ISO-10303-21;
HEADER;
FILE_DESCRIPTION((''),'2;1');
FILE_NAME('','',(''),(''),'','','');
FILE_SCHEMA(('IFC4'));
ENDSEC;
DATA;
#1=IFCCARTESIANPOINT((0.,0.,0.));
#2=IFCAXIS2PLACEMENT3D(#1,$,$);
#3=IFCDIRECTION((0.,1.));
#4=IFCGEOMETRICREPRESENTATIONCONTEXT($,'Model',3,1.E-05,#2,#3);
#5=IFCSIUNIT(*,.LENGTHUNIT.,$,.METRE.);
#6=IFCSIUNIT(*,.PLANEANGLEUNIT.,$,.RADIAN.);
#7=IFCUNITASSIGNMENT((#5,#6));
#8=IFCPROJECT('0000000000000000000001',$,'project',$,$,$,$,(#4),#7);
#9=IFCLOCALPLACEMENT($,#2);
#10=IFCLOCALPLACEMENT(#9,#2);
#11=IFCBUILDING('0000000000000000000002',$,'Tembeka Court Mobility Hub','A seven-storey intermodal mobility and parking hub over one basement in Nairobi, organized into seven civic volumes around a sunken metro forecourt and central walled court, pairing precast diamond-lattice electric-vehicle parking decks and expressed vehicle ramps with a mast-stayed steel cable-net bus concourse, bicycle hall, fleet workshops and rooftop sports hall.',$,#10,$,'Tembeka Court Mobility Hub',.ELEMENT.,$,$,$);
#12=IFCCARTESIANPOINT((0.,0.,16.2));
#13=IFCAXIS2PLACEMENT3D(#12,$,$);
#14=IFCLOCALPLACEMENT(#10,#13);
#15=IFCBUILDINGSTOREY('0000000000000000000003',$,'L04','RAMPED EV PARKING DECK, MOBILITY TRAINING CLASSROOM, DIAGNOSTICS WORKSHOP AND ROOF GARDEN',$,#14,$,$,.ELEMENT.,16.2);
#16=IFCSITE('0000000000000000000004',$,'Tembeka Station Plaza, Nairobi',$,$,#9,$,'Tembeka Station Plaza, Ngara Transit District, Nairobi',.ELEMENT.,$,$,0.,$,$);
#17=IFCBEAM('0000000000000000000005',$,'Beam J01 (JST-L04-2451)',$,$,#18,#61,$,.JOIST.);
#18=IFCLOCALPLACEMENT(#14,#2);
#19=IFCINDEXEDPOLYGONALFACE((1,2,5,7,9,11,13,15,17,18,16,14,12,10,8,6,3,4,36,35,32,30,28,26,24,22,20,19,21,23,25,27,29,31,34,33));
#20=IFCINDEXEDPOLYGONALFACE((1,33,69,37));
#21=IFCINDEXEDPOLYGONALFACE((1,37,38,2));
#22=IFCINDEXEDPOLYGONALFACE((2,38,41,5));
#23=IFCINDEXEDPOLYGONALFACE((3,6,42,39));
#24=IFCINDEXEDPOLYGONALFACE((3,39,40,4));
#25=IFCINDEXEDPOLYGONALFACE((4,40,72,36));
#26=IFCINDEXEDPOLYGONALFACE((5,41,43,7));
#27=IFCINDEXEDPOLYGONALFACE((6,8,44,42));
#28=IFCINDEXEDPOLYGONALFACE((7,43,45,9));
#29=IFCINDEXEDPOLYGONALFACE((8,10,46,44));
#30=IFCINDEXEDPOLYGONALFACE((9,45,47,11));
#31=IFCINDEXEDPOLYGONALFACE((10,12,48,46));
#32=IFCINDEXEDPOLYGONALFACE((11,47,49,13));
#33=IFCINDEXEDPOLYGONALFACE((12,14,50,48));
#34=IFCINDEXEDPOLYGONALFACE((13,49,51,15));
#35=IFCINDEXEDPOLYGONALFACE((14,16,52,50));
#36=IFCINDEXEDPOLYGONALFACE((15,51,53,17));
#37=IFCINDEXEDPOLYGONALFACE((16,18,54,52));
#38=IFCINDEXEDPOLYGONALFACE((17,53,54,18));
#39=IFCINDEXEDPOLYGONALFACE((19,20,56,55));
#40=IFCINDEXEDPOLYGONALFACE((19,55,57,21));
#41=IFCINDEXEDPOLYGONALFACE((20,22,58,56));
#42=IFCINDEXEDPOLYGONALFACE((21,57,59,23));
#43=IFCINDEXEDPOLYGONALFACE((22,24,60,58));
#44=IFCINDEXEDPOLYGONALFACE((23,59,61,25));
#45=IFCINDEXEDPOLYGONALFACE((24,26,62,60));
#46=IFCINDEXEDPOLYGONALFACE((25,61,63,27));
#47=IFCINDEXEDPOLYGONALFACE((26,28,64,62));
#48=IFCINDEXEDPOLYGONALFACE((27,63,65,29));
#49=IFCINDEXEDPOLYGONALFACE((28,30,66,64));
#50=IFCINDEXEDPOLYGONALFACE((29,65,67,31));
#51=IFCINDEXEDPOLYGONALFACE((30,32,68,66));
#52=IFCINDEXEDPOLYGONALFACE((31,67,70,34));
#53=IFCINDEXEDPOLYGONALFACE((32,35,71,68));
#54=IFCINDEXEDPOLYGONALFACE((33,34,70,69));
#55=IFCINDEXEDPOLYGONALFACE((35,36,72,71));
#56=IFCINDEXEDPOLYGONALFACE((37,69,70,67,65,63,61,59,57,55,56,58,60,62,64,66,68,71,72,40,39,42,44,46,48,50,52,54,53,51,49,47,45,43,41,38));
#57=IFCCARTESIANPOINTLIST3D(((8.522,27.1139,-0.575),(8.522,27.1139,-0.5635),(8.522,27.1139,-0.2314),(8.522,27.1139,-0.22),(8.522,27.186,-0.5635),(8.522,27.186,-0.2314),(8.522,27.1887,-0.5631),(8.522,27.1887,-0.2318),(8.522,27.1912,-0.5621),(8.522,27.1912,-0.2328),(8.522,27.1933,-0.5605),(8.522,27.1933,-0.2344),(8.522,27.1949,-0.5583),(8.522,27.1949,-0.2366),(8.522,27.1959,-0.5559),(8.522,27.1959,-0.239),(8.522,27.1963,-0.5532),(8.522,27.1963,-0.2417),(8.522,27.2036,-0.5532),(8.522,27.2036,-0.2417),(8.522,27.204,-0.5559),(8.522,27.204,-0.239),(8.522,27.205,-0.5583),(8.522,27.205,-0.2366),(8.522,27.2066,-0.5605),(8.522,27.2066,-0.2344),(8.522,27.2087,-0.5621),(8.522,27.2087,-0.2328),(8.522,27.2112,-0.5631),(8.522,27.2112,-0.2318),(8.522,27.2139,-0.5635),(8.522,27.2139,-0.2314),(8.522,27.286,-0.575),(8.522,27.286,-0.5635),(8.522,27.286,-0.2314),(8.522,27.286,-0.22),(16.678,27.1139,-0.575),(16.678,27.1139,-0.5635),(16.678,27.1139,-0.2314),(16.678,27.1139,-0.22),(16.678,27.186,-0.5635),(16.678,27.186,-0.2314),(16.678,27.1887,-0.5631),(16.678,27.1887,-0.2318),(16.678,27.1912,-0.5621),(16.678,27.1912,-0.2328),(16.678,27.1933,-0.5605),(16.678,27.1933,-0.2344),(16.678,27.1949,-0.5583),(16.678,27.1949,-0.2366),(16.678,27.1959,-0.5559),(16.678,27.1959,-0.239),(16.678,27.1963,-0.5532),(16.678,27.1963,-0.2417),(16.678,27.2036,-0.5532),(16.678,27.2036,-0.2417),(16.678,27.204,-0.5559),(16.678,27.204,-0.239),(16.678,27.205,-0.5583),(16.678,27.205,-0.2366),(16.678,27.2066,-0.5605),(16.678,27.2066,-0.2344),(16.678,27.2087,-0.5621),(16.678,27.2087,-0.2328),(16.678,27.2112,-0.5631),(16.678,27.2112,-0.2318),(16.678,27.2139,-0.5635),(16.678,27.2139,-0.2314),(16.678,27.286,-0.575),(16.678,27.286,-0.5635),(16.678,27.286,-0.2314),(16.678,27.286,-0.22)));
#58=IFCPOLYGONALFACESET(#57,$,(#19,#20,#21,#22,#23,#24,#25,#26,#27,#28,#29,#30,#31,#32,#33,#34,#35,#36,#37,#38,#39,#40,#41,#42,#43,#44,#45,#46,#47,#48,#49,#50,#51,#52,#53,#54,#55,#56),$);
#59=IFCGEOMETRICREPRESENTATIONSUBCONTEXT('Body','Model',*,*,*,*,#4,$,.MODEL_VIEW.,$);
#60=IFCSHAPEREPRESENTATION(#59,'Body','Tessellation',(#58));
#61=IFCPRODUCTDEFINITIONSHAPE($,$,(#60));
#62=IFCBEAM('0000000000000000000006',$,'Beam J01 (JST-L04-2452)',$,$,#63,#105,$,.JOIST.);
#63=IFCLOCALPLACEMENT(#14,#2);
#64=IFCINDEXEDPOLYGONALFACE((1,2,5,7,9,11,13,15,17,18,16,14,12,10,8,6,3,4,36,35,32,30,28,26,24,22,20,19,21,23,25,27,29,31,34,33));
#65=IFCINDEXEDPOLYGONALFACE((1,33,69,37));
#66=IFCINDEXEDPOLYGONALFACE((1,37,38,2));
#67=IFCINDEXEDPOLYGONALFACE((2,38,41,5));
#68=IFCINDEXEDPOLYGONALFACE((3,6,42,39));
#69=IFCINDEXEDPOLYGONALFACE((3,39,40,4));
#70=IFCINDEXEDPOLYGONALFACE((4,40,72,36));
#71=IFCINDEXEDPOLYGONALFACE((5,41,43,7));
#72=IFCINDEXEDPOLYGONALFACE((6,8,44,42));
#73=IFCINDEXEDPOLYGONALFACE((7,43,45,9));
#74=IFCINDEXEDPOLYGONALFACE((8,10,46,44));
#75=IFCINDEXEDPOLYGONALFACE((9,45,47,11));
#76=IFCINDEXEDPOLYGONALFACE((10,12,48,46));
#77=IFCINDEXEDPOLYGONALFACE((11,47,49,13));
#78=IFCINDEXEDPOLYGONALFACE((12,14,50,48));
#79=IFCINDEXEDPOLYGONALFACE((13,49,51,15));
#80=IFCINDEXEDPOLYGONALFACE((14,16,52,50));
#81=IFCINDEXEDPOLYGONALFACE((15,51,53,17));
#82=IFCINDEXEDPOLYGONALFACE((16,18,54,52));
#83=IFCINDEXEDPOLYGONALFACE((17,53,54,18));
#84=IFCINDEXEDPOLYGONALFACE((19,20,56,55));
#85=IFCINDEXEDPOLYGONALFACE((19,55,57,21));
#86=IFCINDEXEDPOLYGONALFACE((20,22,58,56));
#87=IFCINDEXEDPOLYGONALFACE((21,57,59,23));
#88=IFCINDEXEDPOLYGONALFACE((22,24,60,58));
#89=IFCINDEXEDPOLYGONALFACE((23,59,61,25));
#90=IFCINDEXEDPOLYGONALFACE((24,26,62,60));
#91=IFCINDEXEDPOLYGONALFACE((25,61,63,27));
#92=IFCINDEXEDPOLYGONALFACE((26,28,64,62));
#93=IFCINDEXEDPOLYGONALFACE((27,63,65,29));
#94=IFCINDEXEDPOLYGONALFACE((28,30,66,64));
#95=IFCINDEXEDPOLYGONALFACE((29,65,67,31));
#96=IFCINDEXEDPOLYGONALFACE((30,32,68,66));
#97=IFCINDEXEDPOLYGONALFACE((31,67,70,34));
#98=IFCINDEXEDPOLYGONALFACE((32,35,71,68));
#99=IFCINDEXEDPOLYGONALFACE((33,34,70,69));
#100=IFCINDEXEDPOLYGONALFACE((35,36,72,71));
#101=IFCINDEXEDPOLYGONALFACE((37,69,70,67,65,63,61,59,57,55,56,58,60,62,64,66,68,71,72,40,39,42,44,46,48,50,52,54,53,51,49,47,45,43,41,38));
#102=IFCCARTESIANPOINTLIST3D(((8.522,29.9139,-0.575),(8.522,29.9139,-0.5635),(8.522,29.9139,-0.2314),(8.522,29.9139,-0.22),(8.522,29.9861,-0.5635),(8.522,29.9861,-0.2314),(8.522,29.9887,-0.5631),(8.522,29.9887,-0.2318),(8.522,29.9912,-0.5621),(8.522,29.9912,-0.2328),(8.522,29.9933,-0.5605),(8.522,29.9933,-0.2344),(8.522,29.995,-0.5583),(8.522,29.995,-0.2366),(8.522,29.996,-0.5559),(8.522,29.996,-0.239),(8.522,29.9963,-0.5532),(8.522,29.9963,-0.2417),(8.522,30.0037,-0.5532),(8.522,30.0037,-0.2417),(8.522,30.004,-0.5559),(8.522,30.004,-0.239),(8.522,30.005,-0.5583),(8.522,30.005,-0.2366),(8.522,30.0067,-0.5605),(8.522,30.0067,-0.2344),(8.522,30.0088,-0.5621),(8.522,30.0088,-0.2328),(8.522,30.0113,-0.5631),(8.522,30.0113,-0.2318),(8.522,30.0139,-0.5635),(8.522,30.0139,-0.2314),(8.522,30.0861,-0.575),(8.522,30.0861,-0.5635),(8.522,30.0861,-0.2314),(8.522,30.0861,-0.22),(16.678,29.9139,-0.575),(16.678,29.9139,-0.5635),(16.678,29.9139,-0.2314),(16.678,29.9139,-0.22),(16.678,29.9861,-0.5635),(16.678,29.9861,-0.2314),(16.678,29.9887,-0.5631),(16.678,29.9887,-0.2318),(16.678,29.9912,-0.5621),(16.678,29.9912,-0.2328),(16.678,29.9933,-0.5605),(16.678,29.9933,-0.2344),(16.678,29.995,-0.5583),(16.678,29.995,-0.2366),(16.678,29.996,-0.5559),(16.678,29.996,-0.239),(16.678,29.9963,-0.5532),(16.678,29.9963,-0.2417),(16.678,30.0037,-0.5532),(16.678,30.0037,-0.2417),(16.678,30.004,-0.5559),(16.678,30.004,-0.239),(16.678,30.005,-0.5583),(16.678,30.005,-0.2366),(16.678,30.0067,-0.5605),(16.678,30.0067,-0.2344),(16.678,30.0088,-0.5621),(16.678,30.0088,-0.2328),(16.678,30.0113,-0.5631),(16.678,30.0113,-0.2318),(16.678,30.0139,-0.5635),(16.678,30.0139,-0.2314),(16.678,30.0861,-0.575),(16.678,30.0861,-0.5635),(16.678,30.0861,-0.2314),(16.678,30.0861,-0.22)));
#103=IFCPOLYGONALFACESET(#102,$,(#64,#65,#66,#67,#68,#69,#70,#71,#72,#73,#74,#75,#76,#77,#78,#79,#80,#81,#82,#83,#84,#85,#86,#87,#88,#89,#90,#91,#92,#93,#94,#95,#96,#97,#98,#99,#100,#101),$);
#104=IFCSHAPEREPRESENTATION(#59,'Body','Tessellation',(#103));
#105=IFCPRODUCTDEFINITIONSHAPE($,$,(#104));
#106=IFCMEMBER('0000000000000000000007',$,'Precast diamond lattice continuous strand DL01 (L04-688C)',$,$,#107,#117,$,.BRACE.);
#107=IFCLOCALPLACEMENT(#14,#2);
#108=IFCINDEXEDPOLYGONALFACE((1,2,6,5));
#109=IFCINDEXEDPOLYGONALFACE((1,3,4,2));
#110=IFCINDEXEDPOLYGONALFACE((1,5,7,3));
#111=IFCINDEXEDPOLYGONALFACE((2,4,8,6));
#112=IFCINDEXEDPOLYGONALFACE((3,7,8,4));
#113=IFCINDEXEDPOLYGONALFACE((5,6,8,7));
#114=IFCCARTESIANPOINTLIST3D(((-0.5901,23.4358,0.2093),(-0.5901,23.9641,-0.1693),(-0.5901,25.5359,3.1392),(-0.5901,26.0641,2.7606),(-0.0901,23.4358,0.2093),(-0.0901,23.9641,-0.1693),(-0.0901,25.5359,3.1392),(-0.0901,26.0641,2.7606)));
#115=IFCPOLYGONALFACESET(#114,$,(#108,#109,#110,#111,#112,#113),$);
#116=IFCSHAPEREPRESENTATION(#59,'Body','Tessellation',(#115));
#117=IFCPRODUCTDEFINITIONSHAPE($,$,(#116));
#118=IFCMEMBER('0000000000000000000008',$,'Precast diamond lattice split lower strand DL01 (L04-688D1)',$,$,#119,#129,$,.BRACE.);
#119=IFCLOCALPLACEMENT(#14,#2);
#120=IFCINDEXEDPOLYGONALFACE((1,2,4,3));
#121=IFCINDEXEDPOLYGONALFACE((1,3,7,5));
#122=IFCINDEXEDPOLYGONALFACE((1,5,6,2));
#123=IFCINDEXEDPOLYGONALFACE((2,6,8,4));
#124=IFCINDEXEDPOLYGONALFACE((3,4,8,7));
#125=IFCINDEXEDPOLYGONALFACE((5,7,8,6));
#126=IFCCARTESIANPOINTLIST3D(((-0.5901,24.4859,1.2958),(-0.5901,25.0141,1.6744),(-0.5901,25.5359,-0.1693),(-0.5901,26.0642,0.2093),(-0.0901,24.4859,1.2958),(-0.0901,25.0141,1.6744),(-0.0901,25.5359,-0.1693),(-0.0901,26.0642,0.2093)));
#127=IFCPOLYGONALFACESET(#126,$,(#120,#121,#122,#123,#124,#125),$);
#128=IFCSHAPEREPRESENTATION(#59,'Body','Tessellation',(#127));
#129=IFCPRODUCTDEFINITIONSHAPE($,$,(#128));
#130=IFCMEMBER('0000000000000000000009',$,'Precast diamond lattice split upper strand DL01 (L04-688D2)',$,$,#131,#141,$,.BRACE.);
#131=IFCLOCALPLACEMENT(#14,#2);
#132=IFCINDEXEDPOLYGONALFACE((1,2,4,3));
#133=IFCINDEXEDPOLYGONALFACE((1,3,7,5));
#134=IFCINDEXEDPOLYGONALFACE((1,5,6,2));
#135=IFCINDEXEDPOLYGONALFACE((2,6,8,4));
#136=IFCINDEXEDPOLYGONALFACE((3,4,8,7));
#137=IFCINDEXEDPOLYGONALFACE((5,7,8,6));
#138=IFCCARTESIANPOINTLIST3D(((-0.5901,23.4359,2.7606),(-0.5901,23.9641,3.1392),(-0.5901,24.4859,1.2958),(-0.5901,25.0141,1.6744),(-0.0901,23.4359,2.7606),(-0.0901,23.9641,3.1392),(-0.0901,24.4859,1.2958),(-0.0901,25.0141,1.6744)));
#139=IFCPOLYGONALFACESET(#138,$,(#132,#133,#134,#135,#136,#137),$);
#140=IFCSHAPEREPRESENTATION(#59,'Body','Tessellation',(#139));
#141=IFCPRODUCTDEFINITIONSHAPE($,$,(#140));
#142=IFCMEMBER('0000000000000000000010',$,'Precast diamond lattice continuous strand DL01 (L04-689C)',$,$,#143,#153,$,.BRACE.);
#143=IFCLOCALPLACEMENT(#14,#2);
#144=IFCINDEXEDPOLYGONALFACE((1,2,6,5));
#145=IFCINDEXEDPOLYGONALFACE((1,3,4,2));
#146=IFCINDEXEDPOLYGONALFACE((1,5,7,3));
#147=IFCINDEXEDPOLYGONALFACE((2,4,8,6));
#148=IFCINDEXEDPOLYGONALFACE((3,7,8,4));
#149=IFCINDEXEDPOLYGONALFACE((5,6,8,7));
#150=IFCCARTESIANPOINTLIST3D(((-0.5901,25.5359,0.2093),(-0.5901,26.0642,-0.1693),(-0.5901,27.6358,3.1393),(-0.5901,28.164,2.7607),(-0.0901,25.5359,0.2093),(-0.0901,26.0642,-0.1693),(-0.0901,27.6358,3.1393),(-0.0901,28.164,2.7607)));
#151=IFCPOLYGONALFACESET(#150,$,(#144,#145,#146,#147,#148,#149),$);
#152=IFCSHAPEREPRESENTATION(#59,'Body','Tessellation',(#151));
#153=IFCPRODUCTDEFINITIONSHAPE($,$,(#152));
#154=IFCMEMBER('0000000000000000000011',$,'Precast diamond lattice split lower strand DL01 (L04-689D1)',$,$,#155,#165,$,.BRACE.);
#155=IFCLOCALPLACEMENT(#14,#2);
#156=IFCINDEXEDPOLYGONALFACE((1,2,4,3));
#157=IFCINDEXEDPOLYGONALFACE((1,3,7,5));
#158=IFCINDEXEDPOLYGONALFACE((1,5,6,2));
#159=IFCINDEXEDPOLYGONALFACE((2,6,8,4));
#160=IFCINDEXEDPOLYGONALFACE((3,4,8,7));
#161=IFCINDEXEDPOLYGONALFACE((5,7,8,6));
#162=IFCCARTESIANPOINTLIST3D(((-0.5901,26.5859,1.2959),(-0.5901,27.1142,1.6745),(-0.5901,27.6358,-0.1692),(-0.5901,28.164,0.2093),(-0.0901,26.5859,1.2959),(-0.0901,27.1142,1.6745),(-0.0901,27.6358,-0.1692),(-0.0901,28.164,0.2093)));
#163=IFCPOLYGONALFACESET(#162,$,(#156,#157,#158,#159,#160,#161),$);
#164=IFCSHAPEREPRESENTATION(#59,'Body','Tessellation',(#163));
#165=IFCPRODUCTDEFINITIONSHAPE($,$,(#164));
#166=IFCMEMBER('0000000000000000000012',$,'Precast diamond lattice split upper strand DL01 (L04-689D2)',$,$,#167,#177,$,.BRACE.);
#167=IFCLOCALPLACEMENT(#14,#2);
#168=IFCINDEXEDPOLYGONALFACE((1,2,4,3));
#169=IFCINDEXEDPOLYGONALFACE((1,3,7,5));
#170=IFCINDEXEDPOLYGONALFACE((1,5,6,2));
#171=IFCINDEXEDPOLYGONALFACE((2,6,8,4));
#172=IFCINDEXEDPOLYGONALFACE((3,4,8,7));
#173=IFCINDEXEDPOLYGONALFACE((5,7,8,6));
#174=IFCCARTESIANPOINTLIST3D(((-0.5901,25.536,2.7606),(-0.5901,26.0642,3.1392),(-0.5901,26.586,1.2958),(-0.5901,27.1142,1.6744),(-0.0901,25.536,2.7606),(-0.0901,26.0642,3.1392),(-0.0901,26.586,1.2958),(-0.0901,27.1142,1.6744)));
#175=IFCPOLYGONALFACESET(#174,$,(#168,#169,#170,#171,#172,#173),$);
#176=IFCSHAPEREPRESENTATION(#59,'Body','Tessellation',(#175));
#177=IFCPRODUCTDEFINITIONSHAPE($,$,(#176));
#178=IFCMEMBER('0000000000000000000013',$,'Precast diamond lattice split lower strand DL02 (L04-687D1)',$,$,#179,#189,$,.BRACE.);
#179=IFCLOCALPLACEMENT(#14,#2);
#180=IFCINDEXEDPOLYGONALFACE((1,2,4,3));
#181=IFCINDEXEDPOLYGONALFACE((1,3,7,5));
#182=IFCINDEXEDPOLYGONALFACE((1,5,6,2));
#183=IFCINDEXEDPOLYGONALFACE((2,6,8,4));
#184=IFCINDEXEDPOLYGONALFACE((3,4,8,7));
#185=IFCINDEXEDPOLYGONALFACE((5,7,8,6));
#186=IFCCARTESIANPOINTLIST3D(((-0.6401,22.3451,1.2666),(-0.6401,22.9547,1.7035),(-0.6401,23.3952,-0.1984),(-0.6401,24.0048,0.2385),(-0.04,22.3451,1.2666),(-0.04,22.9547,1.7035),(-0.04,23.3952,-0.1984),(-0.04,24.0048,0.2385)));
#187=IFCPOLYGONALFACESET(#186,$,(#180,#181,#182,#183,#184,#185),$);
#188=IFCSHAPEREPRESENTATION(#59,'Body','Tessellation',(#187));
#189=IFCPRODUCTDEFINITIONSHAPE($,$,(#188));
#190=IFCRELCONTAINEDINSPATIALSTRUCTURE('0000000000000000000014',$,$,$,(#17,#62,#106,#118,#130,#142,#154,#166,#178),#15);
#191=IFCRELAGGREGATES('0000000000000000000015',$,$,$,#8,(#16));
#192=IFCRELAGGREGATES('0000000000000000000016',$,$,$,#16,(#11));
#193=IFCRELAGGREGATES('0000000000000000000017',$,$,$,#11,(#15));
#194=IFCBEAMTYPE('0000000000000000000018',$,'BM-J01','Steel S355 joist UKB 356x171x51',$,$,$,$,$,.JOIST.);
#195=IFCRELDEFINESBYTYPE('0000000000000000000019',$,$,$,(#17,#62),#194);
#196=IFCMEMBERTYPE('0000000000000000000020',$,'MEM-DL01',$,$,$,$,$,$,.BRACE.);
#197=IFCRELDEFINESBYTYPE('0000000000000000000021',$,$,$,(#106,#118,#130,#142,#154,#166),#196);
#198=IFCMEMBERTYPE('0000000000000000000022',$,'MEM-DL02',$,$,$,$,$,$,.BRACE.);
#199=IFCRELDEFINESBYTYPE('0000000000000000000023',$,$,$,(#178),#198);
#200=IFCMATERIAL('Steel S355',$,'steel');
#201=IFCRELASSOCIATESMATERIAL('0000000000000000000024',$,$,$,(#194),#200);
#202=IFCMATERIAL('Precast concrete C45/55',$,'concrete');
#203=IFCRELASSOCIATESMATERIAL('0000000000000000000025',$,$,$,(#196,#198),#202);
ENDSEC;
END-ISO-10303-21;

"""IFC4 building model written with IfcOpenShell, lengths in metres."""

from ifc_helpers import new_model, si_unit, direction, frame, origin, origin_2d, place, context, subcontext, project, spatial, rectangle, i_section, extrude, material, material_profile, profile_set, type_object, element, save


model = new_model("IFC4")

# Units and contexts
model_context = context("Model", 3, precision=1e-05, world=origin(), true_north=direction((0.0, 1.0)))
body_context = subcontext(model_context, "Body", "Model", "MODEL_VIEW")
ifc_project = project(units=[si_unit("LENGTHUNIT", "METRE"), si_unit("PLANEANGLEUNIT", "RADIAN")], contexts=[model_context])

# Site, building, storey
site_placement = place(None, origin())
site = spatial("IfcSite", under=ifc_project, at=site_placement, Name="Tembeka Station Plaza, Nairobi", LongName="Tembeka Station Plaza, Ngara Transit District, Nairobi", CompositionType="ELEMENT", RefElevation=0.0)
building_placement = place(site_placement, origin())
building = spatial("IfcBuilding", under=site, at=building_placement, Name="Tembeka Court Mobility Hub", Description="A seven-storey intermodal mobility and parking hub over one basement in Nairobi, organized into seven civic volumes around a sunken metro forecourt and central walled court, pairing precast diamond-lattice electric-vehicle parking decks and expressed vehicle ramps with a mast-stayed steel cable-net bus concourse, bicycle hall, fleet workshops and rooftop sports hall.", LongName="Tembeka Court Mobility Hub", CompositionType="ELEMENT")
storey_placement = place(building_placement, frame((0.0, 0.0, 16.2)))
storey = spatial("IfcBuildingStorey", under=building, at=storey_placement, Name="L04", Description="RAMPED EV PARKING DECK, MOBILITY TRAINING CLASSROOM, DIAGNOSTICS WORKSHOP AND ROOF GARDEN", CompositionType="ELEMENT", Elevation=16.2)

# Shared definitions
ifc_material_1 = material(Name="Steel S355", Category="steel")

# Beams
ifc_material_profile_1 = material_profile(ifc_material_1, i_section(OverallWidth=0.1721, OverallDepth=0.355, WebThickness=0.0073, FlangeThickness=0.0115, FilletRadius=0.0103, at=origin_2d()), Name="UKB 356x171x51")
ifc_profile_set_1 = profile_set([ifc_material_profile_1], Name="Steel S355")
beam_type_1 = type_object("IfcBeamType", Name="BM-J01", Description="Steel S355 joist UKB 356x171x51", PredefinedType="JOIST", material=ifc_profile_set_1)
for number, where, z_axis, x_axis, name in (
    (1, (8.522, 27.2, -0.3975), (1.0, 0.0, 0.0), (0.0, 1.0, 0.0), "Beam J01 (JST-L04-2451)"),
    (2, (8.522, 30.0, -0.3975), (1.0, 0.0, 0.0), (0.0, 1.0, 0.0), "Beam J01 (JST-L04-2452)"),
):
    element("IfcBeam", number, at=place(storey_placement, frame(where, z_axis=z_axis, x_axis=x_axis)), inside=storey, type_object=beam_type_1, Name=name, PredefinedType="JOIST", context=body_context, shape_type="SweptSolid", body=[
        extrude(i_section(OverallWidth=0.1721, OverallDepth=0.355, WebThickness=0.0073, FlangeThickness=0.0115, FilletRadius=0.0103, at=origin_2d()), origin(), (0.0, 0.0, 1.0), 8.156),
    ])

# Members
ifc_material_2 = material(Name="Precast concrete C45/55", Category="concrete")
ifc_material_profile_2 = material_profile(ifc_material_2, rectangle(XDim=0.5, YDim=0.6499, at=origin_2d()), Name="PC-DIAG 500x650")
ifc_profile_set_2 = profile_set([ifc_material_profile_2], Name="Precast concrete C45/55")
member_type_1 = type_object("IfcMemberType", Name="MEM-DL01", PredefinedType="BRACE", material=ifc_profile_set_2)
member_1_placement = place(storey_placement, frame((-0.3401, 23.7, 0.02), z_axis=(0.0, 0.582576, 0.812776), x_axis=(-1.0, 0.0, 0.0)))
element("IfcMember", 3, at=member_1_placement, inside=storey, type_object=member_type_1, Name="Precast diamond lattice continuous strand DL01 (L04-688C)", PredefinedType="BRACE", context=body_context, shape_type="SweptSolid", body=[
    extrude(rectangle(XDim=0.5, YDim=0.6499, at=origin_2d()), origin(), (0.0, 0.0, 1.0), 3.6047),
])
member_2_placement = place(storey_placement, frame((-0.3401, 25.8, 0.02), z_axis=(0.0, -0.582544, 0.812799), x_axis=(1.0, 0.0, 0.0)))
element("IfcMember", 4, at=member_2_placement, inside=storey, type_object=member_type_1, Name="Precast diamond lattice split lower strand DL01 (L04-688D1)", PredefinedType="BRACE", context=body_context, shape_type="SweptSolid", body=[
    extrude(rectangle(XDim=0.5, YDim=0.6499, at=origin_2d()), origin(), (0.0, 0.0, 1.0), 1.8025),
])
member_3_placement = place(storey_placement, frame((-0.3401, 24.75, 1.4851), z_axis=(0.0, -0.582608, 0.812753), x_axis=(1.0, 0.0, 0.0)))
element("IfcMember", 5, at=member_3_placement, inside=storey, type_object=member_type_1, Name="Precast diamond lattice split upper strand DL01 (L04-688D2)", PredefinedType="BRACE", context=body_context, shape_type="SweptSolid", body=[
    extrude(rectangle(XDim=0.5, YDim=0.6499, at=origin_2d()), origin(), (0.0, 0.0, 1.0), 1.8022),
])
member_4_placement = place(storey_placement, frame((-0.3401, 25.8, 0.02), z_axis=(0.0, 0.582532, 0.812808), x_axis=(-1.0, 0.0, 0.0)))
element("IfcMember", 6, at=member_4_placement, inside=storey, type_object=member_type_1, Name="Precast diamond lattice continuous strand DL01 (L04-689C)", PredefinedType="BRACE", context=body_context, shape_type="SweptSolid", body=[
    extrude(rectangle(XDim=0.5, YDim=0.6499, at=origin_2d()), origin(), (0.0, 0.0, 1.0), 3.6047),
])
member_5_placement = place(storey_placement, frame((-0.3401, 27.8999, 0.02), z_axis=(0.0, -0.582455, 0.812863), x_axis=(1.0, 0.0, 0.0)))
element("IfcMember", 7, at=member_5_placement, inside=storey, type_object=member_type_1, Name="Precast diamond lattice split lower strand DL01 (L04-689D1)", PredefinedType="BRACE", context=body_context, shape_type="SweptSolid", body=[
    extrude(rectangle(XDim=0.5, YDim=0.6499, at=origin_2d()), origin(), (0.0, 0.0, 1.0), 1.8025),
])
member_6_placement = place(storey_placement, frame((-0.3401, 26.8501, 1.4851), z_axis=(0.0, -0.582608, 0.812753), x_axis=(1.0, 0.0, 0.0)))
element("IfcMember", 8, at=member_6_placement, inside=storey, type_object=member_type_1, Name="Precast diamond lattice split upper strand DL01 (L04-689D2)", PredefinedType="BRACE", context=body_context, shape_type="SweptSolid", body=[
    extrude(rectangle(XDim=0.5, YDim=0.6499, at=origin_2d()), origin(), (0.0, 0.0, 1.0), 1.8022),
])
ifc_material_profile_3 = material_profile(ifc_material_2, rectangle(XDim=0.6001, YDim=0.75, at=origin_2d()), Name="PC-DIAG 600x750")
ifc_profile_set_3 = profile_set([ifc_material_profile_3], Name="Precast concrete C45/55")
member_type_2 = type_object("IfcMemberType", Name="MEM-DL02", PredefinedType="BRACE", material=ifc_profile_set_3)
member_7_placement = place(storey_placement, frame((-0.3401, 23.7, 0.02), z_axis=(0.0, -0.582544, 0.812799), x_axis=(1.0, 0.0, 0.0)))
element("IfcMember", 9, at=member_7_placement, inside=storey, type_object=member_type_2, Name="Precast diamond lattice split lower strand DL02 (L04-687D1)", PredefinedType="BRACE", context=body_context, shape_type="SweptSolid", body=[
    extrude(rectangle(XDim=0.6001, YDim=0.75, at=origin_2d()), origin(), (0.0, 0.0, 1.0), 1.8025),
])

save(model, "model.ifc")
